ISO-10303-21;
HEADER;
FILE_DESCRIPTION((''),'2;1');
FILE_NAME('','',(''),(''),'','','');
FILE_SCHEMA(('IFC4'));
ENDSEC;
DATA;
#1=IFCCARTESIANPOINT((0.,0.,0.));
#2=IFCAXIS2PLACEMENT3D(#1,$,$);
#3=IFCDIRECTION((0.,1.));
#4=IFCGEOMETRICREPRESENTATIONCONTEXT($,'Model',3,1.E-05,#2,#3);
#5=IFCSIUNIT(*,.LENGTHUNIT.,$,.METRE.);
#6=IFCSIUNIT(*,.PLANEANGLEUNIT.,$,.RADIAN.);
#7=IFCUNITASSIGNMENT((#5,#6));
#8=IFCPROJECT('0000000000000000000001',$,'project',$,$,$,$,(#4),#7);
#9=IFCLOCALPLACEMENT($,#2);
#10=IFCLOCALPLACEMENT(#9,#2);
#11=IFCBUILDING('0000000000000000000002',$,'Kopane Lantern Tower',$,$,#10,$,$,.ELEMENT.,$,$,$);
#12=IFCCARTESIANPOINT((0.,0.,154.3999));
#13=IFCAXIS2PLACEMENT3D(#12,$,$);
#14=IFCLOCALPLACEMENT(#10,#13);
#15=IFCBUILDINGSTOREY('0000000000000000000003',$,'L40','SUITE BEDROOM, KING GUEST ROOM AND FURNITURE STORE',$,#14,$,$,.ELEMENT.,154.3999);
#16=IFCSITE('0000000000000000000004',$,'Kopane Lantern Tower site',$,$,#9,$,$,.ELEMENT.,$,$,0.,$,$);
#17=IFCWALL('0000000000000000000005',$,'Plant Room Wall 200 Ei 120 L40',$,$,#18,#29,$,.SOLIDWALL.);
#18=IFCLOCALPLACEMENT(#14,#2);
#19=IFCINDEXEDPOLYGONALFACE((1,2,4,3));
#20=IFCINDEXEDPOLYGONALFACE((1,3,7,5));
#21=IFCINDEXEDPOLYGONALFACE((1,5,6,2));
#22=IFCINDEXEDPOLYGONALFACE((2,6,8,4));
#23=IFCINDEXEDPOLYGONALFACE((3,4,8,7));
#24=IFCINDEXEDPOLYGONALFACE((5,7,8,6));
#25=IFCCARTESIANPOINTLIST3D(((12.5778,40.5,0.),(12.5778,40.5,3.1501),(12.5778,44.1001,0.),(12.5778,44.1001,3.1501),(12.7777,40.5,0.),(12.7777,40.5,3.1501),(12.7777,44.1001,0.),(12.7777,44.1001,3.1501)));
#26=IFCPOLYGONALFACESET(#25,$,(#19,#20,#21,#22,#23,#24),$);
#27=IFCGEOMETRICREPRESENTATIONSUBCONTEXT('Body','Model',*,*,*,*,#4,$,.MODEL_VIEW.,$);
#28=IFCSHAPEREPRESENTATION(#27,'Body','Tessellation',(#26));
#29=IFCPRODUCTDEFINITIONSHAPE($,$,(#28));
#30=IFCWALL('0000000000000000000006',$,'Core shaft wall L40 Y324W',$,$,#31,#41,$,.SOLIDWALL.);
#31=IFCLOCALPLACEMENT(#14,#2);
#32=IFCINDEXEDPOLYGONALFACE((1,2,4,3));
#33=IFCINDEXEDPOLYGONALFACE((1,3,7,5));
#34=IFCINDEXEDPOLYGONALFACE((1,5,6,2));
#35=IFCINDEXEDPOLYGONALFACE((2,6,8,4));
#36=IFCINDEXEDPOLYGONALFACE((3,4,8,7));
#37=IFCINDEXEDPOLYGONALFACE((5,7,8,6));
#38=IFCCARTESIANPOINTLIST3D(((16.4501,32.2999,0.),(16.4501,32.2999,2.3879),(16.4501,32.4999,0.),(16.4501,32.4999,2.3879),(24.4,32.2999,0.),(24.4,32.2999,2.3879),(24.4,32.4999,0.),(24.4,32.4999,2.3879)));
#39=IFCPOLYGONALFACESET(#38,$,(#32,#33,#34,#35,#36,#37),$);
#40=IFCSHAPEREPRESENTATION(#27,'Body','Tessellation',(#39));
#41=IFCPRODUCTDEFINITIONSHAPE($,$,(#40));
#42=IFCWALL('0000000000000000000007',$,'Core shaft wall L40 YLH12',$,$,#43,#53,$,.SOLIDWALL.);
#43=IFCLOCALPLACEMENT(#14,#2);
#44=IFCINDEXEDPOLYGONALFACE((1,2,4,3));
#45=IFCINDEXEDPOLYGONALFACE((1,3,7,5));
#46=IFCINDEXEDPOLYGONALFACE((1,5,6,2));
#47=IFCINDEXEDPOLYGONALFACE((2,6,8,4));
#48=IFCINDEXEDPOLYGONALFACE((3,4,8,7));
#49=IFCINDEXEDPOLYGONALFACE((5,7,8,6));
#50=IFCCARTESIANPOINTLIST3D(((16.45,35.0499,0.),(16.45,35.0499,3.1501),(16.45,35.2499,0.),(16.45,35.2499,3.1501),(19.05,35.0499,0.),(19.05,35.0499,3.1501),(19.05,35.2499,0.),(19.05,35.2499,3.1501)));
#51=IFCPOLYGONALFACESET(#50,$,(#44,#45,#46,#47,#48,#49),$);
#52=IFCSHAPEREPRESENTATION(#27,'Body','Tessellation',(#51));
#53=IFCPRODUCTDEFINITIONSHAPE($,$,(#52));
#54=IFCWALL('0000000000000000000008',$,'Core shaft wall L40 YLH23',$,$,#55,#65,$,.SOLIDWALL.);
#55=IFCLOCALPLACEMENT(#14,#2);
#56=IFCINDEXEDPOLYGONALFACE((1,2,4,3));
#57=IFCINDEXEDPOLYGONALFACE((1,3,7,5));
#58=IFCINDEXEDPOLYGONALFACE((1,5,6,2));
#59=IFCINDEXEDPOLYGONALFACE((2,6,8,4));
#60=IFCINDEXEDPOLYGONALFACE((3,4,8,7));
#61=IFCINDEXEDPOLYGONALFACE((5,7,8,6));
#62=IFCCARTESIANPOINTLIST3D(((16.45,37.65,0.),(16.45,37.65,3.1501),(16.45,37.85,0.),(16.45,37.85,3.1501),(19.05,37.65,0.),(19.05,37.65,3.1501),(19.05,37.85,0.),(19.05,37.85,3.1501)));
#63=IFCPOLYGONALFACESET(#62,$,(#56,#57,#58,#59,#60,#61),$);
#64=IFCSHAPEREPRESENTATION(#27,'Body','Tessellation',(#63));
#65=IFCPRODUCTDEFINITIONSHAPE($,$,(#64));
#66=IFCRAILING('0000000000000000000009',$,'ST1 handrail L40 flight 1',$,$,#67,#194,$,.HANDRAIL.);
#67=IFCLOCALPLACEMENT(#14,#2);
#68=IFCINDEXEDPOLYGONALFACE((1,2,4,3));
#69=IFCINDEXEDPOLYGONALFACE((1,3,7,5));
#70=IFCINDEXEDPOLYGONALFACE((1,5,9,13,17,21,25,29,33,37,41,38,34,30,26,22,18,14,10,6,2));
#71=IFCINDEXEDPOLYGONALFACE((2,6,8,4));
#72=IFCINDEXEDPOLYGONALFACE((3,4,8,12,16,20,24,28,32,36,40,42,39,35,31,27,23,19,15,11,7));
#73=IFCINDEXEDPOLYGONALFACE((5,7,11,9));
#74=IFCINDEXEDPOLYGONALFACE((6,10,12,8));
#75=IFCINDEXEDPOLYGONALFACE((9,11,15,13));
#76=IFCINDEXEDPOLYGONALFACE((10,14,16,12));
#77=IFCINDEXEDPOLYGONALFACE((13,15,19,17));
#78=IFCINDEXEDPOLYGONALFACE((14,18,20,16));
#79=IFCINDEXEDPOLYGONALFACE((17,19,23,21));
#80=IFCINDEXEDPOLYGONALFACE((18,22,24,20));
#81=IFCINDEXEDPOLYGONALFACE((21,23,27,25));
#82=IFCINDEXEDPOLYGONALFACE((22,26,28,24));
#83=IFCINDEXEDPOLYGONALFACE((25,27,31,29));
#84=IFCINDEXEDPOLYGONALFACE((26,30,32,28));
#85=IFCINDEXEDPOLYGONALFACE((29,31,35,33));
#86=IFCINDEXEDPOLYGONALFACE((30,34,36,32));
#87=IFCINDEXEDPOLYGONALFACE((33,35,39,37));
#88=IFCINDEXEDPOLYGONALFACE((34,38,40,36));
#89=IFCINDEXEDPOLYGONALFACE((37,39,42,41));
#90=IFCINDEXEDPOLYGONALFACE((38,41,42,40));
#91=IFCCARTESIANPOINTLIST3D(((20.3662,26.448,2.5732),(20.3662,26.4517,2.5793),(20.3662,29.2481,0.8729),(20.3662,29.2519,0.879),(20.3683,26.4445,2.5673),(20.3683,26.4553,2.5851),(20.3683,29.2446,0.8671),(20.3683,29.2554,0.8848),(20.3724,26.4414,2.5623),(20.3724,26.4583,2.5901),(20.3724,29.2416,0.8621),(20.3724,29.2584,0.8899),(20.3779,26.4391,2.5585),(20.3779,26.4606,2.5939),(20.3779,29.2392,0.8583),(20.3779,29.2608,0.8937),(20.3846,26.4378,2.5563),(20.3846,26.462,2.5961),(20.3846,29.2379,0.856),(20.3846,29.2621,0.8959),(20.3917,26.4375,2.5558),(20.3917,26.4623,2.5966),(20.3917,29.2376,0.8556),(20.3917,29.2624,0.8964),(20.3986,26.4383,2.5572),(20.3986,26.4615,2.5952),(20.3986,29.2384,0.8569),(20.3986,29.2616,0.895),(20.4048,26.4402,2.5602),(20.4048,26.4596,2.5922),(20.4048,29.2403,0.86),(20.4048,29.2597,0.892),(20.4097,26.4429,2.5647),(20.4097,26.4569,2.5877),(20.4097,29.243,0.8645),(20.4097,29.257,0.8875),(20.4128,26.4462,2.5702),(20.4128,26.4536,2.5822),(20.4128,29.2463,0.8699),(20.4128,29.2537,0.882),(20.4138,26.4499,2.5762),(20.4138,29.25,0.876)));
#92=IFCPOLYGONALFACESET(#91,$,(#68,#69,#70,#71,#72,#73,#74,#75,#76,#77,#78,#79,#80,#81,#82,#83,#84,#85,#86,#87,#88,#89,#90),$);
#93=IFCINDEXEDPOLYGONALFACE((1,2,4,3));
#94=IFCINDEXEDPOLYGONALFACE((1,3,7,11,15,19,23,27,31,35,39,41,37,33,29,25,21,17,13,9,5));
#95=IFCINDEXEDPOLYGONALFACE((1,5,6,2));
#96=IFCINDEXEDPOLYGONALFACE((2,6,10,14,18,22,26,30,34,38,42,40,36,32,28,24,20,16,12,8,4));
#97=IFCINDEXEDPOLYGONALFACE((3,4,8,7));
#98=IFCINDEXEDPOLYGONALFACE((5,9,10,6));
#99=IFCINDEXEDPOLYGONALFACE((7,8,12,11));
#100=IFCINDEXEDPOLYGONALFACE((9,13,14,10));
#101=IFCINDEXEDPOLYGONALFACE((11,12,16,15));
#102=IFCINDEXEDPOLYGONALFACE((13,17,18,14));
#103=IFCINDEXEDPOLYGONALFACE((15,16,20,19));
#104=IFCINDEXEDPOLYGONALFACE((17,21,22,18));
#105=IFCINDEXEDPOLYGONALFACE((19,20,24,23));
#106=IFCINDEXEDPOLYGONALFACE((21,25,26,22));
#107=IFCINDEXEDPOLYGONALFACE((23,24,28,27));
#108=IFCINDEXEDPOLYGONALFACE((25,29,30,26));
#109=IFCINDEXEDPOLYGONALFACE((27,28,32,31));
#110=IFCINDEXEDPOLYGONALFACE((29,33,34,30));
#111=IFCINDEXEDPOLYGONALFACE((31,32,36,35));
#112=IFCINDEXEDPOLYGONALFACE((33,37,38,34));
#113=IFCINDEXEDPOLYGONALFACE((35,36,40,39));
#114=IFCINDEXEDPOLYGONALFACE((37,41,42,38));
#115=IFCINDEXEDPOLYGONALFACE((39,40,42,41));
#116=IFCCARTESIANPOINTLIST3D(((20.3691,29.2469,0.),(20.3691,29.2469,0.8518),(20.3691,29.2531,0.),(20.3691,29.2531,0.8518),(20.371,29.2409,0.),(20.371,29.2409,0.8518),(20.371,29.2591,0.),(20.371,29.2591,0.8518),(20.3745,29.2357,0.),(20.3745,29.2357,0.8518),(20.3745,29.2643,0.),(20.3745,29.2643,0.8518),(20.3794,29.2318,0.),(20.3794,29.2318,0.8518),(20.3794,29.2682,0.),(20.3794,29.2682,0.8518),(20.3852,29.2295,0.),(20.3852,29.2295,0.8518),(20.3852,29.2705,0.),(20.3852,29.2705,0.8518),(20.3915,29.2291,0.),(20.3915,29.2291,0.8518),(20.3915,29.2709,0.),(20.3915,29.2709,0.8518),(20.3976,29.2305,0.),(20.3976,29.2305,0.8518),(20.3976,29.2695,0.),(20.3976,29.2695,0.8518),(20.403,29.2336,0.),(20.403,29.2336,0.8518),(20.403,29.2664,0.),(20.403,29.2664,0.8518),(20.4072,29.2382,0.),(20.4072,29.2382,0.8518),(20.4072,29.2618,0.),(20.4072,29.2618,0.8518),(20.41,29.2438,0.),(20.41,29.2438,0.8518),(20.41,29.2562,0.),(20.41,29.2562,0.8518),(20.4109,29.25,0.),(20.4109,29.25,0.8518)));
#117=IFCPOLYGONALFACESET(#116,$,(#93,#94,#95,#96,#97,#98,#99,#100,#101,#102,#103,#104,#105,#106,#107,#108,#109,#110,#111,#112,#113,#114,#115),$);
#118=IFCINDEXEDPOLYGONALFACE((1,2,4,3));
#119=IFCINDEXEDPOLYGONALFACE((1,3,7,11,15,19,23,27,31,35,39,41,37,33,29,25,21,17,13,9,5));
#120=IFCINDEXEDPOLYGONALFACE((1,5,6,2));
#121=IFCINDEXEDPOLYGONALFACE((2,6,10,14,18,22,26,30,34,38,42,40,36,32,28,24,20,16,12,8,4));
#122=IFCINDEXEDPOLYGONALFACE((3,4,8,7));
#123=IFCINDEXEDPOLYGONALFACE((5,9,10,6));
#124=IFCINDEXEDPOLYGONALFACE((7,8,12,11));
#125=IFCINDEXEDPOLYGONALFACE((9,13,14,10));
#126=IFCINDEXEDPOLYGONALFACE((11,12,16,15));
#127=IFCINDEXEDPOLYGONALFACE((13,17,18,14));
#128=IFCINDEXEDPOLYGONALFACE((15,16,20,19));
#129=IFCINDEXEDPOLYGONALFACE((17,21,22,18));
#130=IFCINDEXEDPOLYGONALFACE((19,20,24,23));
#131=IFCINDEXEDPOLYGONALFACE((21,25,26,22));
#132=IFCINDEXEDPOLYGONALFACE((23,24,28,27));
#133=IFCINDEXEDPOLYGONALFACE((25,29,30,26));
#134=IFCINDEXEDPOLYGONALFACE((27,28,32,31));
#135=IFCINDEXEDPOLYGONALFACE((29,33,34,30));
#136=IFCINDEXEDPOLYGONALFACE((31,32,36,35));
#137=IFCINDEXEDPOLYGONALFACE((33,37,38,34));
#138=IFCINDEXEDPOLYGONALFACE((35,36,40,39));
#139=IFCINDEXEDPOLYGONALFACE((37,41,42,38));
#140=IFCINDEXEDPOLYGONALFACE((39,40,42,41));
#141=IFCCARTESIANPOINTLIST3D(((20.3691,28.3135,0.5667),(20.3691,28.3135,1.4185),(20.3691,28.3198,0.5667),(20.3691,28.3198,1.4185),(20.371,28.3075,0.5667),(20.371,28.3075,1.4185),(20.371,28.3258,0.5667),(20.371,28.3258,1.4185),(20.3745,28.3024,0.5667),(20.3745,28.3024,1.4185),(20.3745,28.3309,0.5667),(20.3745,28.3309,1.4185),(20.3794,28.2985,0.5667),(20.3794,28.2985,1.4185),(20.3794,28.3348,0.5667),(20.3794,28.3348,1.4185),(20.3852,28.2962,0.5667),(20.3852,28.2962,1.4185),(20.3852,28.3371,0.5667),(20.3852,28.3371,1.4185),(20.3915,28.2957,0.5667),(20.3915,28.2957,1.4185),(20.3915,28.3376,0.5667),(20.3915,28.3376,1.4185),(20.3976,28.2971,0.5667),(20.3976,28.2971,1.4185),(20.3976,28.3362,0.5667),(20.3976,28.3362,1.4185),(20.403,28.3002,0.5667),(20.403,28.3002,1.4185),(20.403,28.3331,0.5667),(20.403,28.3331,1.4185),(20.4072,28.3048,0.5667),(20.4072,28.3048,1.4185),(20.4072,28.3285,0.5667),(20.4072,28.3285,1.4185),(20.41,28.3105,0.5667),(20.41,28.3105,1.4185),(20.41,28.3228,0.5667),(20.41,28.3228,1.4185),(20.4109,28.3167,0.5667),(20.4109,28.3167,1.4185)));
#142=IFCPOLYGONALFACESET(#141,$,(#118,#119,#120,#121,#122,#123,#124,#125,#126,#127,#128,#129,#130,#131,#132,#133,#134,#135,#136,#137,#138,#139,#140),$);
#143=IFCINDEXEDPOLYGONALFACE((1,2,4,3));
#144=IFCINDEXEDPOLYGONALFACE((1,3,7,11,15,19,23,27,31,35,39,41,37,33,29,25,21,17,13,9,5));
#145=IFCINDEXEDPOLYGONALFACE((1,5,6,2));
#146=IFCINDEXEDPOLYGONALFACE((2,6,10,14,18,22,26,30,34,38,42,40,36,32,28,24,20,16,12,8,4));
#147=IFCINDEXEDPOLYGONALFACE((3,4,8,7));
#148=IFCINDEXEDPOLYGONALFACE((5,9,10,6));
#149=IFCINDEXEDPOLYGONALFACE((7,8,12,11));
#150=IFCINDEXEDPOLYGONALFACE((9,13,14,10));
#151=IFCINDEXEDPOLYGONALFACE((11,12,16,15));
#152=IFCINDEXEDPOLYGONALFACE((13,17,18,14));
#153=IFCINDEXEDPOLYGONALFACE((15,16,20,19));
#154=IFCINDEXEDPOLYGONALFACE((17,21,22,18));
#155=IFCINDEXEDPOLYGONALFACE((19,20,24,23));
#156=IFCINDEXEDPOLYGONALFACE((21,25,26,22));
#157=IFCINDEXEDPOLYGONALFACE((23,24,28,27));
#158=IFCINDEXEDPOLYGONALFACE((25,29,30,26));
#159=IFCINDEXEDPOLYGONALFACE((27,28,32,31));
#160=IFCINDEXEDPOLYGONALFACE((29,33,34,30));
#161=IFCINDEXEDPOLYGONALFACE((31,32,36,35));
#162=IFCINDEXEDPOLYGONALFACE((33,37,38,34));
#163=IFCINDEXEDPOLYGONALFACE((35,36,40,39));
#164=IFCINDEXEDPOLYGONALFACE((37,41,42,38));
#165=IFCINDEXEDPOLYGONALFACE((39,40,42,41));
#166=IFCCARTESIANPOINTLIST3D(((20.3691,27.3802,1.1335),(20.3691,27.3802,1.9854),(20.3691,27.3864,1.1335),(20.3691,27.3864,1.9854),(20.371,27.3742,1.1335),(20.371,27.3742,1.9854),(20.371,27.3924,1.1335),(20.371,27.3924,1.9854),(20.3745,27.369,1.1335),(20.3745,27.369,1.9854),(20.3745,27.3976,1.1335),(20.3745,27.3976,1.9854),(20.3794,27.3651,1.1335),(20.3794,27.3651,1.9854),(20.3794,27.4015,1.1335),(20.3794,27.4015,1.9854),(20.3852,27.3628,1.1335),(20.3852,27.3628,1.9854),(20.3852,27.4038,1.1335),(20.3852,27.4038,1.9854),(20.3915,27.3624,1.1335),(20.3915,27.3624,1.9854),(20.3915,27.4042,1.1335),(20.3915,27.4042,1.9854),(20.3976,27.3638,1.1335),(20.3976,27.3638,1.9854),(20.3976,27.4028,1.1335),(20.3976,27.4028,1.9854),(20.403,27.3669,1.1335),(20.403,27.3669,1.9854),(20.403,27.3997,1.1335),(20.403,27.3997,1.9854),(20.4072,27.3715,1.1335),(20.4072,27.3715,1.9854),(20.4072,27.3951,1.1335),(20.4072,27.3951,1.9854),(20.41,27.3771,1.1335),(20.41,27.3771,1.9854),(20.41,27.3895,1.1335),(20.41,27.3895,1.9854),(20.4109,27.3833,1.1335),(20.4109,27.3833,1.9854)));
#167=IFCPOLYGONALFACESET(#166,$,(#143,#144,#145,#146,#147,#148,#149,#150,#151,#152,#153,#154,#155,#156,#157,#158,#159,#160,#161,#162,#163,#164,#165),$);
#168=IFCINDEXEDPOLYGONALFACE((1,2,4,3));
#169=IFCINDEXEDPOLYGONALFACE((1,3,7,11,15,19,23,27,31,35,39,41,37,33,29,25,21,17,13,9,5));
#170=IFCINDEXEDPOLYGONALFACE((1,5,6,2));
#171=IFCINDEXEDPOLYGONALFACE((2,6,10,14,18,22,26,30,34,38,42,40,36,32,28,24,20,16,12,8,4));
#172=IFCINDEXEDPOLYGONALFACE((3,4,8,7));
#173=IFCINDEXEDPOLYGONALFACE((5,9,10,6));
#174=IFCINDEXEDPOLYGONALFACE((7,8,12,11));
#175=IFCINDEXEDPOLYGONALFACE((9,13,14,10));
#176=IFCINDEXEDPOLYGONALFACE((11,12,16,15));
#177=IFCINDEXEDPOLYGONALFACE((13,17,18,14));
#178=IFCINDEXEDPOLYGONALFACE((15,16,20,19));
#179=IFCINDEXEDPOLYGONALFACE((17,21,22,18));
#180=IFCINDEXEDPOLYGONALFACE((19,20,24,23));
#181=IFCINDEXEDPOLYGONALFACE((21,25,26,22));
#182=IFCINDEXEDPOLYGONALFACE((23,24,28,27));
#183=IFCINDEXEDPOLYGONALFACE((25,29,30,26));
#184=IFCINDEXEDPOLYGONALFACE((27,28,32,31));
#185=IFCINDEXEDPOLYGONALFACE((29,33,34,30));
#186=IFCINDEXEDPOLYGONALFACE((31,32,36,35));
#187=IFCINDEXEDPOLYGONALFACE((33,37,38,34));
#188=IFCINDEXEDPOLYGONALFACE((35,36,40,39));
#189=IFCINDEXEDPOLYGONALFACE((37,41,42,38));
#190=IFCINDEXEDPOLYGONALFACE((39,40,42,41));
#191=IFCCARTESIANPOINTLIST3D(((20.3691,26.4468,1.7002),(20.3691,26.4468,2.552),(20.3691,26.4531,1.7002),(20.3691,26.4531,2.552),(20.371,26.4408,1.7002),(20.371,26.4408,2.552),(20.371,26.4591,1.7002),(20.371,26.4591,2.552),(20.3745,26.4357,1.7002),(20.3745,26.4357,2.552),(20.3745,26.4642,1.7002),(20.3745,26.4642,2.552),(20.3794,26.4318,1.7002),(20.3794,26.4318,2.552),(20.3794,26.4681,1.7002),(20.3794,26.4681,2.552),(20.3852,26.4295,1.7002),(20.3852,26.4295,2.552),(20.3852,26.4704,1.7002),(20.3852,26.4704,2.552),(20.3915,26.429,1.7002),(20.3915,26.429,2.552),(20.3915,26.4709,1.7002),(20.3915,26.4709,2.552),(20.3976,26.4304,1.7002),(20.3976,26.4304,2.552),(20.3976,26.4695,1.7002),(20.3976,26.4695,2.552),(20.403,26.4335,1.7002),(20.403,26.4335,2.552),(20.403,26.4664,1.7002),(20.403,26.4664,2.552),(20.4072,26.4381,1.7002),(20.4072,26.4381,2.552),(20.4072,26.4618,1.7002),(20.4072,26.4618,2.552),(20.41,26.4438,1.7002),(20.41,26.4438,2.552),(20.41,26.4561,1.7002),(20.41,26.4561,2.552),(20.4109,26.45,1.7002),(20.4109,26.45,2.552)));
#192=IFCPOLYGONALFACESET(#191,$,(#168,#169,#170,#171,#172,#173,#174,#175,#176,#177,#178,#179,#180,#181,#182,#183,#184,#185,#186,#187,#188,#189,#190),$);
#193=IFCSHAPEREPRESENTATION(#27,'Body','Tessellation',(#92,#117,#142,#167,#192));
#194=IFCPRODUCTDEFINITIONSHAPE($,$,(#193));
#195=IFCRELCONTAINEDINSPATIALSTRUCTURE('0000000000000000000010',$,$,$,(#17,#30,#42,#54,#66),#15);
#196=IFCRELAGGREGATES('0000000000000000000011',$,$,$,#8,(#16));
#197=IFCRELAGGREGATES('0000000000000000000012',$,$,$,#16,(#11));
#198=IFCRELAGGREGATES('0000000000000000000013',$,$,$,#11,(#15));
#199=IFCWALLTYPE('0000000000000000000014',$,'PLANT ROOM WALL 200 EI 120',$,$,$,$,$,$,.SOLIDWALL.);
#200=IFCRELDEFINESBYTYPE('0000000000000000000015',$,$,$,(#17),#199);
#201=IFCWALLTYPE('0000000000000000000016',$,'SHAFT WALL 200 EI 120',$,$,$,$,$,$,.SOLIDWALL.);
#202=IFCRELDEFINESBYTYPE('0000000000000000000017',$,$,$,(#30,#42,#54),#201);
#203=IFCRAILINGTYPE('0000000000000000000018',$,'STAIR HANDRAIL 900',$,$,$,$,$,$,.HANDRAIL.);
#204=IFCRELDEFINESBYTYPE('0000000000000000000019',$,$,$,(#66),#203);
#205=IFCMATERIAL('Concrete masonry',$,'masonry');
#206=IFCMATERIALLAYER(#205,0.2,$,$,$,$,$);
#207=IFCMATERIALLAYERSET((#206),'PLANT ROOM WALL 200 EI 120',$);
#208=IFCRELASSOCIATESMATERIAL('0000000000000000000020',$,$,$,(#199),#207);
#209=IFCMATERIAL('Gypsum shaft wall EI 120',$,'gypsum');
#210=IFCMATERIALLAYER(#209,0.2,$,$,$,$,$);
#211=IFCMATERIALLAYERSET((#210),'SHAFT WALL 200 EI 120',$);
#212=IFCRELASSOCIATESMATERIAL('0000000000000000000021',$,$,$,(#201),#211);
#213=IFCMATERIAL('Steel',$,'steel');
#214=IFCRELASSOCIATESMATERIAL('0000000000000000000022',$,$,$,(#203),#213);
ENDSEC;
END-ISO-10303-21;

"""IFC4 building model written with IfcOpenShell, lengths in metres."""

from ifc_helpers import new_model, si_unit, direction, frame, frame_2d, origin, origin_2d, place, context, subcontext, project, spatial, rectangle, circle, extrude, material, layer, layer_set, type_object, element, save


model = new_model("IFC4")

# Units and contexts
model_context = context("Model", 3, precision=1e-05, world=origin(), true_north=direction((0.0, 1.0)))
body_context = subcontext(model_context, "Body", "Model", "MODEL_VIEW")
ifc_project = project(units=[si_unit("LENGTHUNIT", "METRE"), si_unit("PLANEANGLEUNIT", "RADIAN")], contexts=[model_context])

# Site, building, storey
site_placement = place(None, origin())
site = spatial("IfcSite", under=ifc_project, at=site_placement, Name="Kopane Lantern Tower site", CompositionType="ELEMENT", RefElevation=0.0)
building_placement = place(site_placement, origin())
building = spatial("IfcBuilding", under=site, at=building_placement, Name="Kopane Lantern Tower", CompositionType="ELEMENT")
storey_placement = place(building_placement, frame((0.0, 0.0, 154.3999)))
storey = spatial("IfcBuildingStorey", under=building, at=storey_placement, Name="L40", Description="SUITE BEDROOM, KING GUEST ROOM AND FURNITURE STORE", CompositionType="ELEMENT", Elevation=154.3999)

# Walls
ifc_material_1 = material(Name="Concrete masonry", Category="masonry")
ifc_layer_1 = layer(ifc_material_1, 0.2)
ifc_layer_set_1 = layer_set([ifc_layer_1], Name="PLANT ROOM WALL 200 EI 120")
wall_type_1 = type_object("IfcWallType", Name="PLANT ROOM WALL 200 EI 120", PredefinedType="SOLIDWALL", material=ifc_layer_set_1)
wall_1_placement = place(storey_placement, frame((12.6777, 44.1001, 0.0), z_axis=(0.0, 0.0, 1.0), x_axis=(0.0, -1.0, 0.0)))
element("IfcWall", 1, at=wall_1_placement, inside=storey, type_object=wall_type_1, Name="Plant Room Wall 200 Ei 120 L40", PredefinedType="SOLIDWALL", context=body_context, shape_type="SweptSolid", body=[
    extrude(rectangle(XDim=3.6001, YDim=0.2, at=frame_2d((1.8, 0.0))), origin(), (0.0, 0.0, 1.0), 3.1501),
])
ifc_material_2 = material(Name="Gypsum shaft wall EI 120", Category="gypsum")
ifc_layer_2 = layer(ifc_material_2, 0.2)
ifc_layer_set_2 = layer_set([ifc_layer_2], Name="SHAFT WALL 200 EI 120")
wall_type_2 = type_object("IfcWallType", Name="SHAFT WALL 200 EI 120", PredefinedType="SOLIDWALL", material=ifc_layer_set_2)
wall_2_placement = place(storey_placement, frame((16.45, 32.3999, 0.0), z_axis=(0.0, 0.0, 1.0), x_axis=(1.0, 0.0, 0.0)))
element("IfcWall", 2, at=wall_2_placement, inside=storey, type_object=wall_type_2, Name="Core shaft wall L40 Y324W", PredefinedType="SOLIDWALL", context=body_context, shape_type="SweptSolid", body=[
    extrude(rectangle(XDim=7.95, YDim=0.2, at=frame_2d((3.9751, 0.0))), origin(), (0.0, 0.0, 1.0), 2.3879),
])
for number, where, z_axis, x_axis, name in (
    (3, (16.45, 35.1499, 0.0), (0.0, 0.0, 1.0), (1.0, 0.0, 0.0), "Core shaft wall L40 YLH12"),
    (4, (16.45, 37.75, 0.0), (0.0, 0.0, 1.0), (1.0, 0.0, 0.0), "Core shaft wall L40 YLH23"),
):
    element("IfcWall", number, at=place(storey_placement, frame(where, z_axis=z_axis, x_axis=x_axis)), inside=storey, type_object=wall_type_2, Name=name, PredefinedType="SOLIDWALL", context=body_context, shape_type="SweptSolid", body=[
        extrude(rectangle(XDim=2.6001, YDim=0.2, at=frame_2d((1.3, 0.0))), origin(), (0.0, 0.0, 1.0), 3.1501),
    ])

# Railing
ifc_material_3 = material(Name="Steel", Category="steel")
railing_type = type_object("IfcRailingType", Name="STAIR HANDRAIL 900", PredefinedType="HANDRAIL", material=ifc_material_3)
railing_placement = place(storey_placement, frame((20.3899, 29.25, 0.0)))
element("IfcRailing", 5, at=railing_placement, inside=storey, type_object=railing_type, Name="ST1 handrail L40 flight 1", PredefinedType="HANDRAIL", context=body_context, shape_type="SweptSolid", body=[
    extrude(circle(Radius=0.0239, at=origin_2d()), frame((0.0, 0.0, 0.876), z_axis=(0.0, -0.854765, 0.519015), x_axis=(1.0, 0.0, 0.0)), (0.0, 0.0, 1.0), 3.2759),
    extrude(circle(Radius=0.021, at=origin_2d()), origin(), (0.0, 0.0, 1.0), 0.8518),
    extrude(circle(Radius=0.021, at=origin_2d()), frame((0.0, -0.9333, 0.5667)), (0.0, 0.0, 1.0), 0.8518),
    extrude(circle(Radius=0.021, at=origin_2d()), frame((0.0, -1.8667, 1.1335)), (0.0, 0.0, 1.0), 0.8518),
    extrude(circle(Radius=0.021, at=origin_2d()), frame((0.0, -2.8, 1.7002)), (0.0, 0.0, 1.0), 0.8518),
])

save(model, "model.ifc")
